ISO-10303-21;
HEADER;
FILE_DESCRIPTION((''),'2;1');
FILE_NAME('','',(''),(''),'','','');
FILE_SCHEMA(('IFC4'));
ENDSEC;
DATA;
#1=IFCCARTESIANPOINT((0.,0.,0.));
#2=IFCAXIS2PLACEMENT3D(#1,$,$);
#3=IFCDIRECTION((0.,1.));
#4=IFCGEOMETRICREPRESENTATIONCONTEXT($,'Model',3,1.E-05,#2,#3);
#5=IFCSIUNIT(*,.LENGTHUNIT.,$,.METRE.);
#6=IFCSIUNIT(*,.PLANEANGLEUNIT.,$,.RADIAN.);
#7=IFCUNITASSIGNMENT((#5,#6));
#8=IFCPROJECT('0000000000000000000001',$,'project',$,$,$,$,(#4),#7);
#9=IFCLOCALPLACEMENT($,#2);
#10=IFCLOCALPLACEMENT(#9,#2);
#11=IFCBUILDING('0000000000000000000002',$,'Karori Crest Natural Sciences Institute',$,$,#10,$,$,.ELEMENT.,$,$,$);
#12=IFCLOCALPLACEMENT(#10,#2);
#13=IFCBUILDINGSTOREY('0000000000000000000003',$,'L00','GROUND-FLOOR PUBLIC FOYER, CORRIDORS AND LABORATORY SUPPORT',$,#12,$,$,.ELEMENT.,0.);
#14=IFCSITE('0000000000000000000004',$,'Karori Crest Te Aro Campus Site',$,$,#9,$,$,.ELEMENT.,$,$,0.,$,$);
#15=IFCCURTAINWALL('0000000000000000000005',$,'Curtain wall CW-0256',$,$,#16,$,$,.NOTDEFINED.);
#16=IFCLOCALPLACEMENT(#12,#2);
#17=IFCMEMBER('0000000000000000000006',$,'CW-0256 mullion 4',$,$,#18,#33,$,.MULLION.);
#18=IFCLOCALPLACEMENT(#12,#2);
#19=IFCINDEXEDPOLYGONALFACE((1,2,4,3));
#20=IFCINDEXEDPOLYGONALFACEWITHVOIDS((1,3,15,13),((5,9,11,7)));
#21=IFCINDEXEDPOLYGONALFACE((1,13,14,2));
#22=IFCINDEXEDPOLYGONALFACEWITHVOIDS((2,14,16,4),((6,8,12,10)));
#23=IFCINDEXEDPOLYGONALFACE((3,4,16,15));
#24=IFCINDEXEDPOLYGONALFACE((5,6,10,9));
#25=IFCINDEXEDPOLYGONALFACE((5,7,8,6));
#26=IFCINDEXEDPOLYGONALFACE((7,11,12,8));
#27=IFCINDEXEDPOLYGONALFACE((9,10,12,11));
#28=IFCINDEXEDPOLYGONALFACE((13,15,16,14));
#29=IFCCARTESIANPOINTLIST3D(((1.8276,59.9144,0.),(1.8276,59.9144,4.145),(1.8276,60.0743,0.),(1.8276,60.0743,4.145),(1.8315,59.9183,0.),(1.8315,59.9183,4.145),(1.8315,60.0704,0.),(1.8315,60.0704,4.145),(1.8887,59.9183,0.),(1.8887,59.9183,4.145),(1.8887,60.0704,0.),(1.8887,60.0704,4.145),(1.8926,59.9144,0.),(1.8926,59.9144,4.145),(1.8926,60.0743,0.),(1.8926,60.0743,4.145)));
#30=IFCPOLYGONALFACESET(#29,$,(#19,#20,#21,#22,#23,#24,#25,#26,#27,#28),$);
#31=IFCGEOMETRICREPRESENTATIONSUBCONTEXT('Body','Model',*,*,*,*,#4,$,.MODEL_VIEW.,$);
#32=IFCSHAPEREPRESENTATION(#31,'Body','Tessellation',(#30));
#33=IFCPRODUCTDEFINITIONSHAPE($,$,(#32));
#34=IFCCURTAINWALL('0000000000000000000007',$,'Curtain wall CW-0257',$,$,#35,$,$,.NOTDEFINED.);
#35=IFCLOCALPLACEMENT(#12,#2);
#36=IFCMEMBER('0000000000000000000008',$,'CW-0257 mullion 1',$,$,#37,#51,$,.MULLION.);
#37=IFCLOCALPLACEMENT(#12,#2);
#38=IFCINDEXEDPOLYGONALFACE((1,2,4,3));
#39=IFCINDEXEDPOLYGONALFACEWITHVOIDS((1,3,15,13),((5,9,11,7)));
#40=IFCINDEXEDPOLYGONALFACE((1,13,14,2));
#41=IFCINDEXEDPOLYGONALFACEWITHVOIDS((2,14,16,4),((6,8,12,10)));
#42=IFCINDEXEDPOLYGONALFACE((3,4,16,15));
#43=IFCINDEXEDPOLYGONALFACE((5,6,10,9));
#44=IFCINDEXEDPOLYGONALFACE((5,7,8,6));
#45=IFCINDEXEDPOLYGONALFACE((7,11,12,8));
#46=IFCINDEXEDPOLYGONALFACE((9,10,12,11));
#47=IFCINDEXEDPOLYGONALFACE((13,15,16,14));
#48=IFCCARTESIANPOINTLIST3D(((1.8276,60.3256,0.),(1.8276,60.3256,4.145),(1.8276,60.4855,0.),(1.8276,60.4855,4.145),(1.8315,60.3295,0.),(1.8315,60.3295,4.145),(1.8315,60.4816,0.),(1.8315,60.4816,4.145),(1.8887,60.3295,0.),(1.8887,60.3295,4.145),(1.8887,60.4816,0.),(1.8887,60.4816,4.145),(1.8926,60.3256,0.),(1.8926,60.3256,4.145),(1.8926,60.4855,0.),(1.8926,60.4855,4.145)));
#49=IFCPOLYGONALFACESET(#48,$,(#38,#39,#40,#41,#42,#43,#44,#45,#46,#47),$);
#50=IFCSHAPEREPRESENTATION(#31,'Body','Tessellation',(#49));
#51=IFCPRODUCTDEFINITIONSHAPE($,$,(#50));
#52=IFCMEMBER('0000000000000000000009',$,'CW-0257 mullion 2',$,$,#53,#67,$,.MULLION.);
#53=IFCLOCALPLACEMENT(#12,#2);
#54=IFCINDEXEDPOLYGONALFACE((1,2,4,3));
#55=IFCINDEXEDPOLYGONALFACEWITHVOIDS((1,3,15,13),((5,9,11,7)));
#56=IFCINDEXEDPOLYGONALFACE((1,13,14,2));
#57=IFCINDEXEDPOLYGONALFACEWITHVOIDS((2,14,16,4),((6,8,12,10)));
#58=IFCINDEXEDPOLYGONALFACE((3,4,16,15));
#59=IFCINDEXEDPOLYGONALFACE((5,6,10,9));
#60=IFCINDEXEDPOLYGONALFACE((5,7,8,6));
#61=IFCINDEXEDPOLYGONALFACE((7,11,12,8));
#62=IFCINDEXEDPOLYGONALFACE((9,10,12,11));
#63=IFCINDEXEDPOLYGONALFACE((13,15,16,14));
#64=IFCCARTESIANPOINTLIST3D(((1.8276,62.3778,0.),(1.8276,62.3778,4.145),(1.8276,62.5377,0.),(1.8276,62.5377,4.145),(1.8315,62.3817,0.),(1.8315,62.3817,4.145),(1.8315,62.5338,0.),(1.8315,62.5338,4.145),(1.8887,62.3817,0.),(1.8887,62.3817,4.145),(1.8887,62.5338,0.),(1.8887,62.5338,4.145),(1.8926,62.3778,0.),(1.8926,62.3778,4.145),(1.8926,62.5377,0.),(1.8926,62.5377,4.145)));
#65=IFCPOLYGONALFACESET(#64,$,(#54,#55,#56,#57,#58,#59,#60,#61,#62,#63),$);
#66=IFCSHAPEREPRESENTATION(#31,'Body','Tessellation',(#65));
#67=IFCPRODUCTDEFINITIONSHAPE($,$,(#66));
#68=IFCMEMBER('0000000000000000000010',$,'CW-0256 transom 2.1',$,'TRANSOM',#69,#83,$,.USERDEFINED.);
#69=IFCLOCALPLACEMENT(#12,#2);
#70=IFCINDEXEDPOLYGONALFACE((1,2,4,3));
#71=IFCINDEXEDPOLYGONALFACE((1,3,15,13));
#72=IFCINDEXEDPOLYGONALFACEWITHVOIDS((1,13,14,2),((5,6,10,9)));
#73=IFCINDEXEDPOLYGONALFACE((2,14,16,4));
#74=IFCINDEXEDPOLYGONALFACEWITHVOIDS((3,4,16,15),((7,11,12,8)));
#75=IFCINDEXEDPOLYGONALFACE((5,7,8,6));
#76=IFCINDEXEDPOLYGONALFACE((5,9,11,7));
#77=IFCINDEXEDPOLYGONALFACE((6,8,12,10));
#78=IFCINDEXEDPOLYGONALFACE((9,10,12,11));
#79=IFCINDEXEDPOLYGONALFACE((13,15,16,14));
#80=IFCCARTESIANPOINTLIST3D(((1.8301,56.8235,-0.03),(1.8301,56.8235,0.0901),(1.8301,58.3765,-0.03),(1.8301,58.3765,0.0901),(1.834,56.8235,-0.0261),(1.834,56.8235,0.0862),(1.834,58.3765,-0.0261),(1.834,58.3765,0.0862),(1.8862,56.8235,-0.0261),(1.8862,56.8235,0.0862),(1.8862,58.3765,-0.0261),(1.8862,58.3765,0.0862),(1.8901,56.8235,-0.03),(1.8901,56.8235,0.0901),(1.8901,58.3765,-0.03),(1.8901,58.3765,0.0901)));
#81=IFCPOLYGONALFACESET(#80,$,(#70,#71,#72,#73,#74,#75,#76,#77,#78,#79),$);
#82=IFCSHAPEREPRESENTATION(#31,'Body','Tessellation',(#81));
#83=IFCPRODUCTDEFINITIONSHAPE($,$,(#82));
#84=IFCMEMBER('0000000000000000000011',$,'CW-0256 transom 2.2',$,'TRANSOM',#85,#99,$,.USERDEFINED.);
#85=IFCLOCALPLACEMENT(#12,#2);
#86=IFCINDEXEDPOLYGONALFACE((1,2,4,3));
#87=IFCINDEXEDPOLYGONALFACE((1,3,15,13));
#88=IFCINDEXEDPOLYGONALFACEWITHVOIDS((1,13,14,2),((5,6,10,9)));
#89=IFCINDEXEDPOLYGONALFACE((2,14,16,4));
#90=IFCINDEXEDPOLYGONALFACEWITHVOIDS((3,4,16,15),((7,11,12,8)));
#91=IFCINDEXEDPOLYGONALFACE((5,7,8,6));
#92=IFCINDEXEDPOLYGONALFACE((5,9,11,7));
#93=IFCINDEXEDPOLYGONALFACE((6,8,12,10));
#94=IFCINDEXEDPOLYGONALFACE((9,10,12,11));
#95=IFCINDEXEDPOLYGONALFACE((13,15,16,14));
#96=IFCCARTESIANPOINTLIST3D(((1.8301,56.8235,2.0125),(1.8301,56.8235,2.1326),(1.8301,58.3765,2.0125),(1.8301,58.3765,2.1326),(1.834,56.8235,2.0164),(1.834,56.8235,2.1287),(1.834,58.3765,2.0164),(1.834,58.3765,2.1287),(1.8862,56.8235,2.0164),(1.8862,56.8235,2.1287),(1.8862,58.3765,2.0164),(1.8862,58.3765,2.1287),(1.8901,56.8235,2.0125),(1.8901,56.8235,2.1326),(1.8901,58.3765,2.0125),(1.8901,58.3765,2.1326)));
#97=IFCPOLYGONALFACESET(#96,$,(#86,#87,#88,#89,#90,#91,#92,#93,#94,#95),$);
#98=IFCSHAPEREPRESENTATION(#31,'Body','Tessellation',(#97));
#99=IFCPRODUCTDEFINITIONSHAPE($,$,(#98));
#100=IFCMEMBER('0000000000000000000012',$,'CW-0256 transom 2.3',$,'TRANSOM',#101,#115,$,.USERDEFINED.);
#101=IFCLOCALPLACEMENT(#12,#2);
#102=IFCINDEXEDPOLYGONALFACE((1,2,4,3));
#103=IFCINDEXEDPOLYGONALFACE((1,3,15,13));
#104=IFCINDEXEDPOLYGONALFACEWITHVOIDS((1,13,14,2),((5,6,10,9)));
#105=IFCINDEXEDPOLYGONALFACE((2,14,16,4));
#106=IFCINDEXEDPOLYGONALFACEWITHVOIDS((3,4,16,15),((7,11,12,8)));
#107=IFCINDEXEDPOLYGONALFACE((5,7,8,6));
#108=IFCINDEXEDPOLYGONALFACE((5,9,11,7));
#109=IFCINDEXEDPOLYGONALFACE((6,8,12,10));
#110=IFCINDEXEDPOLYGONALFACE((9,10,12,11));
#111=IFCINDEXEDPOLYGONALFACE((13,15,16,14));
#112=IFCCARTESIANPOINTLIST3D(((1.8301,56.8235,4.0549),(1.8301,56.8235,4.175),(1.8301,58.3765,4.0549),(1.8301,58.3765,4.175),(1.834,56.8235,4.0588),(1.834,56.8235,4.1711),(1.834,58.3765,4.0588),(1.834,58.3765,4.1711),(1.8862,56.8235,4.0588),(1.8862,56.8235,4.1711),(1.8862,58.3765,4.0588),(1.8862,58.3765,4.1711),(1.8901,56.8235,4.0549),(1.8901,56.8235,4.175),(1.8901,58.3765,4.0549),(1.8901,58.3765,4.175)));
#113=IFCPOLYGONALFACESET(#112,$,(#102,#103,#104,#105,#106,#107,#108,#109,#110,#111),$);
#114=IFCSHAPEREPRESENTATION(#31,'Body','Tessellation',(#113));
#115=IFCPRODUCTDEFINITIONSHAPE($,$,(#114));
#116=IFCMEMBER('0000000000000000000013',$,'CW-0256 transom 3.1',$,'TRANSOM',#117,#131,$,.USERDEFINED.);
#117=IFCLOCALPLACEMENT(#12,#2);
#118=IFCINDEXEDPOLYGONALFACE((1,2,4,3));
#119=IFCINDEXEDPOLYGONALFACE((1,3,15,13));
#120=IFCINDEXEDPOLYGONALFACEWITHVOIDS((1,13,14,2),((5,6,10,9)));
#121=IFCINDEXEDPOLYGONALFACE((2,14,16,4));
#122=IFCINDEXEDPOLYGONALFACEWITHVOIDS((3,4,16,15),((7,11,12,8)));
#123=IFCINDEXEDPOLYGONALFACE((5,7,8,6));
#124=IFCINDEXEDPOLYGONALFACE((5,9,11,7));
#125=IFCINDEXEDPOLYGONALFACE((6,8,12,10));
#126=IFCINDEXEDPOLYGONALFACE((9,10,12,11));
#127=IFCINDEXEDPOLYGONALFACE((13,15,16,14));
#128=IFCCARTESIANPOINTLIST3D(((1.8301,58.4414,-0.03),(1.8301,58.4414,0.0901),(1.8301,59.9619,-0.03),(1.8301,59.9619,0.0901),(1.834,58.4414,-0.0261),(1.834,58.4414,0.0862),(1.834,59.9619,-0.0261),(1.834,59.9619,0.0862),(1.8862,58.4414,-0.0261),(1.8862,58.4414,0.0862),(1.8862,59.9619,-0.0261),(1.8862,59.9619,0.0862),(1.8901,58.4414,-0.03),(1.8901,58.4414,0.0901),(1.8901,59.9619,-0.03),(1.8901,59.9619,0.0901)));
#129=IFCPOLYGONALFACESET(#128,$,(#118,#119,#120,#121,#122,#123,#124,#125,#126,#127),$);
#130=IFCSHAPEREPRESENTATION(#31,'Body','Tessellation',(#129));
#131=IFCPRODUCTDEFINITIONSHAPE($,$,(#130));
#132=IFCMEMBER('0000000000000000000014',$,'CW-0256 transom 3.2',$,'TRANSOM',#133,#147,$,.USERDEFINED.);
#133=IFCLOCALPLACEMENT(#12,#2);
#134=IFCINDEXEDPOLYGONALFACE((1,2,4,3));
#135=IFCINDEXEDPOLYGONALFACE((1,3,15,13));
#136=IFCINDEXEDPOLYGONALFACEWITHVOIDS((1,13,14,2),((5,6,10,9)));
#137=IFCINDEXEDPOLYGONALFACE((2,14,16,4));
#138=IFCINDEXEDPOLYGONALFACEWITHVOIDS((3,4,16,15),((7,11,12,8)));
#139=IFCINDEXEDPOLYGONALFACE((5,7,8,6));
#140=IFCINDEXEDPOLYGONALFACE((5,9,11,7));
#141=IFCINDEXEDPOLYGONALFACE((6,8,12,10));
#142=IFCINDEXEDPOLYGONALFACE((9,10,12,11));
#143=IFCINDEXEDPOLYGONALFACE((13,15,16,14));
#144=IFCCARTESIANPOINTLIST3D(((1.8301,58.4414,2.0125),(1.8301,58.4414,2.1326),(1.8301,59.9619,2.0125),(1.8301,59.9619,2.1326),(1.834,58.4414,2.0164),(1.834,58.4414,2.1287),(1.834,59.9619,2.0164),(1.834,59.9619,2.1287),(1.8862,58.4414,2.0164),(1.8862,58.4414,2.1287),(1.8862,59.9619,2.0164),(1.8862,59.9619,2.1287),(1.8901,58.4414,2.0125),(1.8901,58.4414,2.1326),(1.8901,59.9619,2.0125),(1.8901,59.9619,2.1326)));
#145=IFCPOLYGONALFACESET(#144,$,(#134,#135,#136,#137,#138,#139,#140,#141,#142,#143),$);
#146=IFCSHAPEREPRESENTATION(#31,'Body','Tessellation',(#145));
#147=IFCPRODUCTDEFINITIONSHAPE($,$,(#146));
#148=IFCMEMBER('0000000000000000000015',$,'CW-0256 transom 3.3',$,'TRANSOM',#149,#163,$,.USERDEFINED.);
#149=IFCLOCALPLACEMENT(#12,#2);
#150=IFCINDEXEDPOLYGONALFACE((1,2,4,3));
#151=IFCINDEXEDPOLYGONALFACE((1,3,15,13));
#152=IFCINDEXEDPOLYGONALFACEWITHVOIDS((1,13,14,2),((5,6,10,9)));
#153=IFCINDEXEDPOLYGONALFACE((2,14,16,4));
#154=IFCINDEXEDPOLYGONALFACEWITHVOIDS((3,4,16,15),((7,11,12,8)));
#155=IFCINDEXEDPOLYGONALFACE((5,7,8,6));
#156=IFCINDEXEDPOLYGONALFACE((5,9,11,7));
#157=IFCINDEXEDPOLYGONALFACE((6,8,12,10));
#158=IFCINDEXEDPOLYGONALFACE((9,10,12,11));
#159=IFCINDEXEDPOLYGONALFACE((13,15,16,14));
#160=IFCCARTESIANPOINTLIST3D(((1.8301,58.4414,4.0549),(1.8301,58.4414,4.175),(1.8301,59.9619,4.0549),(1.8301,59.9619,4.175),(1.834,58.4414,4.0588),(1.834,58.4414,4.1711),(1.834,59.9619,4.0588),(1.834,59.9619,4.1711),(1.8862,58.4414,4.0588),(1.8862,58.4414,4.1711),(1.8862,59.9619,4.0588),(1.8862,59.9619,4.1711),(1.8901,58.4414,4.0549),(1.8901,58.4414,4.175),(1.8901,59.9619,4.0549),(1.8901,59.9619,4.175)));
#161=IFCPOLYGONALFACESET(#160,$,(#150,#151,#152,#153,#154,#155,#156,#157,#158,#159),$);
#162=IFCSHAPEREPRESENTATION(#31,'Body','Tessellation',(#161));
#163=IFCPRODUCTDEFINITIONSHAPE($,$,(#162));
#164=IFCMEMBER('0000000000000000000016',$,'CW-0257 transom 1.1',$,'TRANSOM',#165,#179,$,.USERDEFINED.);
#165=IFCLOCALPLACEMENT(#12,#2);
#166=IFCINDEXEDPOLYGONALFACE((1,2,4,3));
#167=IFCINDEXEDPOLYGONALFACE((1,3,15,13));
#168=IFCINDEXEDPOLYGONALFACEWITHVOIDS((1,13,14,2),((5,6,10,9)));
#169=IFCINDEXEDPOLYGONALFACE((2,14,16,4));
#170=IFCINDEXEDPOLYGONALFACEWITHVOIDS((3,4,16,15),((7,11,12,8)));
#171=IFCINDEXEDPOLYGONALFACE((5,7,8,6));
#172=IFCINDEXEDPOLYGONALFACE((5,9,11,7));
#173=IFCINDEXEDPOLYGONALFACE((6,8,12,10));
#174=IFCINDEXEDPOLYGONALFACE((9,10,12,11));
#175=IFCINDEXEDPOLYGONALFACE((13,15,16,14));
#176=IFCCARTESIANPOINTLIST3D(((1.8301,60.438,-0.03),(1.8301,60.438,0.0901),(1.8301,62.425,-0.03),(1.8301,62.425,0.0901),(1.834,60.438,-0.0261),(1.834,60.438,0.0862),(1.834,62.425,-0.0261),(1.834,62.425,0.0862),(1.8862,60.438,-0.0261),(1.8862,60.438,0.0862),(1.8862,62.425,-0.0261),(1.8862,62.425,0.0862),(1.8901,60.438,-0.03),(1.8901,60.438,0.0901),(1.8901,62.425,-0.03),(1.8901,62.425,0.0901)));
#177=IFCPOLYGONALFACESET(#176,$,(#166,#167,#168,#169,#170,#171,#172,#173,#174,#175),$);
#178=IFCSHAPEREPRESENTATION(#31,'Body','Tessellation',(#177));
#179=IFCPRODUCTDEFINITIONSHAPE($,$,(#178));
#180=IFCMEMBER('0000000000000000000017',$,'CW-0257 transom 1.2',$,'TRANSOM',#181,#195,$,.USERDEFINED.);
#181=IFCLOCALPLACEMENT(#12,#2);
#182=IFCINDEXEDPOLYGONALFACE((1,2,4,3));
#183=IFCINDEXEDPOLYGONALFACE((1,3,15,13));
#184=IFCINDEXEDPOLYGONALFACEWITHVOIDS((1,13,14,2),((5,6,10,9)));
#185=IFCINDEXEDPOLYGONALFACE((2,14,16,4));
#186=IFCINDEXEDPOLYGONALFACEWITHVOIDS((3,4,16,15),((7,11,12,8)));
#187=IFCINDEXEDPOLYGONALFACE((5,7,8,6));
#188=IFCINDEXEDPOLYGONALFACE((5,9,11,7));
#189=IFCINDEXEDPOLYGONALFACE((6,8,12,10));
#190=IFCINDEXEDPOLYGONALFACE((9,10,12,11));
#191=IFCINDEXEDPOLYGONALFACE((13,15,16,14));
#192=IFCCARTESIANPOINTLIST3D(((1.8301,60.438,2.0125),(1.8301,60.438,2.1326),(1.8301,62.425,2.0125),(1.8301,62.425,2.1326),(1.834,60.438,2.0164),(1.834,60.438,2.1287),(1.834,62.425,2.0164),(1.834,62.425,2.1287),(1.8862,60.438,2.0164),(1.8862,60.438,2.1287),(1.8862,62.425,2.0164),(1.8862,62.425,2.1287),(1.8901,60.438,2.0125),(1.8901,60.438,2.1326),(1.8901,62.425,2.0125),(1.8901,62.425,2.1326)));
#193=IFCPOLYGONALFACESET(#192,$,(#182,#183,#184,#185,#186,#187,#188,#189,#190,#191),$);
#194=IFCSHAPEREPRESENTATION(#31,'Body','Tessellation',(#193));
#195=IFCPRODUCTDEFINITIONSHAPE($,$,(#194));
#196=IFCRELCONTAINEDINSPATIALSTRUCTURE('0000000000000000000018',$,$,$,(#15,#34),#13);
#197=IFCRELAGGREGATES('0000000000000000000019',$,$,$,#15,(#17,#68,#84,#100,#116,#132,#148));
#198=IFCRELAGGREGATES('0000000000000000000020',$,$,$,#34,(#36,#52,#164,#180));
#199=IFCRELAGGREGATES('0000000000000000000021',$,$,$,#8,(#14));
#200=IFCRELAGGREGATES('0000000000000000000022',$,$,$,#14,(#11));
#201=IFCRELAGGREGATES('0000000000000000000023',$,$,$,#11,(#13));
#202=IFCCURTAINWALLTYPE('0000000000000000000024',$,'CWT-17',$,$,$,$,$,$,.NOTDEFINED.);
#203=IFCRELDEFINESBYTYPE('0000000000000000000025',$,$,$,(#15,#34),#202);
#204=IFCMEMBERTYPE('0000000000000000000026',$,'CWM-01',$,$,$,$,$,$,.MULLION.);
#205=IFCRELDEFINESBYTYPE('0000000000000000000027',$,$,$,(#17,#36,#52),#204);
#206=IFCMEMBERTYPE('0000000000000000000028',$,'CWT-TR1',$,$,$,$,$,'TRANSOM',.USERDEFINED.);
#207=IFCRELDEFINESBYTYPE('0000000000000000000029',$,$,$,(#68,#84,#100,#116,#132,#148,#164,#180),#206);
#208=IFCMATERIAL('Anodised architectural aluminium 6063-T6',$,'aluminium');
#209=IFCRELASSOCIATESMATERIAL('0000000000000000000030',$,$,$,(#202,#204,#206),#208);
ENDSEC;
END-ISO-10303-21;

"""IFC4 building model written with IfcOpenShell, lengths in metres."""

from ifc_helpers import new_model, si_unit, direction, frame, origin, origin_2d, place, context, subcontext, project, spatial, hollow_rectangle, extrude, material, material_profile, profile_set, type_object, element, aggregate, save


model = new_model("IFC4")

# Units and contexts
model_context = context("Model", 3, precision=1e-05, world=origin(), true_north=direction((0.0, 1.0)))
body_context = subcontext(model_context, "Body", "Model", "MODEL_VIEW")
ifc_project = project(units=[si_unit("LENGTHUNIT", "METRE"), si_unit("PLANEANGLEUNIT", "RADIAN")], contexts=[model_context])

# Site, building, storey
site_placement = place(None, origin())
site = spatial("IfcSite", under=ifc_project, at=site_placement, Name="Karori Crest Te Aro Campus Site", CompositionType="ELEMENT", RefElevation=0.0)
building_placement = place(site_placement, origin())
building = spatial("IfcBuilding", under=site, at=building_placement, Name="Karori Crest Natural Sciences Institute", CompositionType="ELEMENT")
storey_placement = place(building_placement, origin())
storey = spatial("IfcBuildingStorey", under=building, at=storey_placement, Name="L00", Description="GROUND-FLOOR PUBLIC FOYER, CORRIDORS AND LABORATORY SUPPORT", CompositionType="ELEMENT", Elevation=0.0)

# Curtain walls, members
ifc_material_1 = material(Name="Anodised architectural aluminium 6063-T6", Category="aluminium")
curtain_wall_type = type_object("IfcCurtainWallType", Name="CWT-17", PredefinedType="NOTDEFINED", material=ifc_material_1)
curtain_wall_1_placement = place(storey_placement, origin())
curtain_wall_1 = element("IfcCurtainWall", 1, at=curtain_wall_1_placement, inside=storey, type_object=curtain_wall_type, Name="Curtain wall CW-0256", PredefinedType="NOTDEFINED")
ifc_material_profile_1 = material_profile(ifc_material_1, hollow_rectangle(XDim=0.0649, YDim=0.1599, WallThickness=0.0039, at=origin_2d()), Name="CWM160x65x4")
ifc_profile_set_1 = profile_set([ifc_material_profile_1], Name="Anodised architectural aluminium 6063-T6")
member_type_1 = type_object("IfcMemberType", Name="CWM-01", PredefinedType="MULLION", material=ifc_profile_set_1)
member_1_placement = place(storey_placement, frame((1.8601, 59.9944, 0.0), z_axis=(0.0, 0.0, 1.0), x_axis=(-1.0, 0.0, 0.0)))
member_1 = element("IfcMember", 2, at=member_1_placement, type_object=member_type_1, Name="CW-0256 mullion 4", PredefinedType="MULLION", context=body_context, shape_type="SweptSolid", body=[
    extrude(hollow_rectangle(XDim=0.0649, YDim=0.1599, WallThickness=0.0039, at=origin_2d()), origin(), (0.0, 0.0, 1.0), 4.145),
])
curtain_wall_2_placement = place(storey_placement, origin())
curtain_wall_2 = element("IfcCurtainWall", 3, at=curtain_wall_2_placement, inside=storey, type_object=curtain_wall_type, Name="Curtain wall CW-0257", PredefinedType="NOTDEFINED")
member_2_placement = place(storey_placement, frame((1.8601, 60.4055, 0.0), z_axis=(0.0, 0.0, 1.0), x_axis=(-1.0, 0.0, 0.0)))
member_2 = element("IfcMember", 4, at=member_2_placement, type_object=member_type_1, Name="CW-0257 mullion 1", PredefinedType="MULLION", context=body_context, shape_type="SweptSolid", body=[
    extrude(hollow_rectangle(XDim=0.0649, YDim=0.1599, WallThickness=0.0039, at=origin_2d()), origin(), (0.0, 0.0, 1.0), 4.145),
])
member_3_placement = place(storey_placement, frame((1.8601, 62.4578, 0.0), z_axis=(0.0, 0.0, 1.0), x_axis=(-1.0, 0.0, 0.0)))
member_3 = element("IfcMember", 5, at=member_3_placement, type_object=member_type_1, Name="CW-0257 mullion 2", PredefinedType="MULLION", context=body_context, shape_type="SweptSolid", body=[
    extrude(hollow_rectangle(XDim=0.0649, YDim=0.1599, WallThickness=0.0039, at=origin_2d()), origin(), (0.0, 0.0, 1.0), 4.145),
])

# Members
ifc_material_profile_2 = material_profile(ifc_material_1, hollow_rectangle(XDim=0.0601, YDim=0.1201, WallThickness=0.0039, at=origin_2d()), Name="CWT120x60x4")
ifc_profile_set_2 = profile_set([ifc_material_profile_2], Name="Anodised architectural aluminium 6063-T6")
member_type_2 = type_object("IfcMemberType", Name="CWT-TR1", ElementType="TRANSOM", PredefinedType="USERDEFINED", material=ifc_profile_set_2)
member_4_placement = place(storey_placement, frame((1.8601, 56.8235, 0.03), z_axis=(0.0, 1.0, 0.0), x_axis=(-1.0, 0.0, 0.0)))
member_4 = element("IfcMember", 6, at=member_4_placement, type_object=member_type_2, Name="CW-0256 transom 2.1", ObjectType="TRANSOM", PredefinedType="USERDEFINED", context=body_context, shape_type="SweptSolid", body=[
    extrude(hollow_rectangle(XDim=0.0601, YDim=0.1201, WallThickness=0.0039, at=origin_2d()), origin(), (0.0, 0.0, 1.0), 1.553),
])
member_5_placement = place(storey_placement, frame((1.8601, 56.8235, 2.0725), z_axis=(0.0, 1.0, 0.0), x_axis=(-1.0, 0.0, 0.0)))
member_5 = element("IfcMember", 7, at=member_5_placement, type_object=member_type_2, Name="CW-0256 transom 2.2", ObjectType="TRANSOM", PredefinedType="USERDEFINED", context=body_context, shape_type="SweptSolid", body=[
    extrude(hollow_rectangle(XDim=0.0601, YDim=0.1201, WallThickness=0.0039, at=origin_2d()), origin(), (0.0, 0.0, 1.0), 1.553),
])
member_6_placement = place(storey_placement, frame((1.8601, 56.8235, 4.115), z_axis=(0.0, 1.0, 0.0), x_axis=(-1.0, 0.0, 0.0)))
member_6 = element("IfcMember", 8, at=member_6_placement, type_object=member_type_2, Name="CW-0256 transom 2.3", ObjectType="TRANSOM", PredefinedType="USERDEFINED", context=body_context, shape_type="SweptSolid", body=[
    extrude(hollow_rectangle(XDim=0.0601, YDim=0.1201, WallThickness=0.0039, at=origin_2d()), origin(), (0.0, 0.0, 1.0), 1.553),
])
member_7_placement = place(storey_placement, frame((1.8601, 58.4414, 0.03), z_axis=(0.0, 1.0, 0.0), x_axis=(-1.0, 0.0, 0.0)))
member_7 = element("IfcMember", 9, at=member_7_placement, type_object=member_type_2, Name="CW-0256 transom 3.1", ObjectType="TRANSOM", PredefinedType="USERDEFINED", context=body_context, shape_type="SweptSolid", body=[
    extrude(hollow_rectangle(XDim=0.0601, YDim=0.1201, WallThickness=0.0039, at=origin_2d()), origin(), (0.0, 0.0, 1.0), 1.5205),
])
member_8_placement = place(storey_placement, frame((1.8601, 58.4414, 2.0725), z_axis=(0.0, 1.0, 0.0), x_axis=(-1.0, 0.0, 0.0)))
member_8 = element("IfcMember", 10, at=member_8_placement, type_object=member_type_2, Name="CW-0256 transom 3.2", ObjectType="TRANSOM", PredefinedType="USERDEFINED", context=body_context, shape_type="SweptSolid", body=[
    extrude(hollow_rectangle(XDim=0.0601, YDim=0.1201, WallThickness=0.0039, at=origin_2d()), origin(), (0.0, 0.0, 1.0), 1.5205),
])
member_9_placement = place(storey_placement, frame((1.8601, 58.4414, 4.115), z_axis=(0.0, 1.0, 0.0), x_axis=(-1.0, 0.0, 0.0)))
member_9 = element("IfcMember", 11, at=member_9_placement, type_object=member_type_2, Name="CW-0256 transom 3.3", ObjectType="TRANSOM", PredefinedType="USERDEFINED", context=body_context, shape_type="SweptSolid", body=[
    extrude(hollow_rectangle(XDim=0.0601, YDim=0.1201, WallThickness=0.0039, at=origin_2d()), origin(), (0.0, 0.0, 1.0), 1.5205),
])
member_10_placement = place(storey_placement, frame((1.8601, 60.438, 0.03), z_axis=(0.0, 1.0, 0.0), x_axis=(-1.0, 0.0, 0.0)))
member_10 = element("IfcMember", 12, at=member_10_placement, type_object=member_type_2, Name="CW-0257 transom 1.1", ObjectType="TRANSOM", PredefinedType="USERDEFINED", context=body_context, shape_type="SweptSolid", body=[
    extrude(hollow_rectangle(XDim=0.0601, YDim=0.1201, WallThickness=0.0039, at=origin_2d()), origin(), (0.0, 0.0, 1.0), 1.9871),
])
member_11_placement = place(storey_placement, frame((1.8601, 60.438, 2.0725), z_axis=(0.0, 1.0, 0.0), x_axis=(-1.0, 0.0, 0.0)))
member_11 = element("IfcMember", 13, at=member_11_placement, type_object=member_type_2, Name="CW-0257 transom 1.2", ObjectType="TRANSOM", PredefinedType="USERDEFINED", context=body_context, shape_type="SweptSolid", body=[
    extrude(hollow_rectangle(XDim=0.0601, YDim=0.1201, WallThickness=0.0039, at=origin_2d()), origin(), (0.0, 0.0, 1.0), 1.9871),
])

aggregate(curtain_wall_1, [member_1, member_4, member_5, member_6, member_7, member_8, member_9])
aggregate(curtain_wall_2, [member_2, member_3, member_10, member_11])

save(model, "model.ifc")
